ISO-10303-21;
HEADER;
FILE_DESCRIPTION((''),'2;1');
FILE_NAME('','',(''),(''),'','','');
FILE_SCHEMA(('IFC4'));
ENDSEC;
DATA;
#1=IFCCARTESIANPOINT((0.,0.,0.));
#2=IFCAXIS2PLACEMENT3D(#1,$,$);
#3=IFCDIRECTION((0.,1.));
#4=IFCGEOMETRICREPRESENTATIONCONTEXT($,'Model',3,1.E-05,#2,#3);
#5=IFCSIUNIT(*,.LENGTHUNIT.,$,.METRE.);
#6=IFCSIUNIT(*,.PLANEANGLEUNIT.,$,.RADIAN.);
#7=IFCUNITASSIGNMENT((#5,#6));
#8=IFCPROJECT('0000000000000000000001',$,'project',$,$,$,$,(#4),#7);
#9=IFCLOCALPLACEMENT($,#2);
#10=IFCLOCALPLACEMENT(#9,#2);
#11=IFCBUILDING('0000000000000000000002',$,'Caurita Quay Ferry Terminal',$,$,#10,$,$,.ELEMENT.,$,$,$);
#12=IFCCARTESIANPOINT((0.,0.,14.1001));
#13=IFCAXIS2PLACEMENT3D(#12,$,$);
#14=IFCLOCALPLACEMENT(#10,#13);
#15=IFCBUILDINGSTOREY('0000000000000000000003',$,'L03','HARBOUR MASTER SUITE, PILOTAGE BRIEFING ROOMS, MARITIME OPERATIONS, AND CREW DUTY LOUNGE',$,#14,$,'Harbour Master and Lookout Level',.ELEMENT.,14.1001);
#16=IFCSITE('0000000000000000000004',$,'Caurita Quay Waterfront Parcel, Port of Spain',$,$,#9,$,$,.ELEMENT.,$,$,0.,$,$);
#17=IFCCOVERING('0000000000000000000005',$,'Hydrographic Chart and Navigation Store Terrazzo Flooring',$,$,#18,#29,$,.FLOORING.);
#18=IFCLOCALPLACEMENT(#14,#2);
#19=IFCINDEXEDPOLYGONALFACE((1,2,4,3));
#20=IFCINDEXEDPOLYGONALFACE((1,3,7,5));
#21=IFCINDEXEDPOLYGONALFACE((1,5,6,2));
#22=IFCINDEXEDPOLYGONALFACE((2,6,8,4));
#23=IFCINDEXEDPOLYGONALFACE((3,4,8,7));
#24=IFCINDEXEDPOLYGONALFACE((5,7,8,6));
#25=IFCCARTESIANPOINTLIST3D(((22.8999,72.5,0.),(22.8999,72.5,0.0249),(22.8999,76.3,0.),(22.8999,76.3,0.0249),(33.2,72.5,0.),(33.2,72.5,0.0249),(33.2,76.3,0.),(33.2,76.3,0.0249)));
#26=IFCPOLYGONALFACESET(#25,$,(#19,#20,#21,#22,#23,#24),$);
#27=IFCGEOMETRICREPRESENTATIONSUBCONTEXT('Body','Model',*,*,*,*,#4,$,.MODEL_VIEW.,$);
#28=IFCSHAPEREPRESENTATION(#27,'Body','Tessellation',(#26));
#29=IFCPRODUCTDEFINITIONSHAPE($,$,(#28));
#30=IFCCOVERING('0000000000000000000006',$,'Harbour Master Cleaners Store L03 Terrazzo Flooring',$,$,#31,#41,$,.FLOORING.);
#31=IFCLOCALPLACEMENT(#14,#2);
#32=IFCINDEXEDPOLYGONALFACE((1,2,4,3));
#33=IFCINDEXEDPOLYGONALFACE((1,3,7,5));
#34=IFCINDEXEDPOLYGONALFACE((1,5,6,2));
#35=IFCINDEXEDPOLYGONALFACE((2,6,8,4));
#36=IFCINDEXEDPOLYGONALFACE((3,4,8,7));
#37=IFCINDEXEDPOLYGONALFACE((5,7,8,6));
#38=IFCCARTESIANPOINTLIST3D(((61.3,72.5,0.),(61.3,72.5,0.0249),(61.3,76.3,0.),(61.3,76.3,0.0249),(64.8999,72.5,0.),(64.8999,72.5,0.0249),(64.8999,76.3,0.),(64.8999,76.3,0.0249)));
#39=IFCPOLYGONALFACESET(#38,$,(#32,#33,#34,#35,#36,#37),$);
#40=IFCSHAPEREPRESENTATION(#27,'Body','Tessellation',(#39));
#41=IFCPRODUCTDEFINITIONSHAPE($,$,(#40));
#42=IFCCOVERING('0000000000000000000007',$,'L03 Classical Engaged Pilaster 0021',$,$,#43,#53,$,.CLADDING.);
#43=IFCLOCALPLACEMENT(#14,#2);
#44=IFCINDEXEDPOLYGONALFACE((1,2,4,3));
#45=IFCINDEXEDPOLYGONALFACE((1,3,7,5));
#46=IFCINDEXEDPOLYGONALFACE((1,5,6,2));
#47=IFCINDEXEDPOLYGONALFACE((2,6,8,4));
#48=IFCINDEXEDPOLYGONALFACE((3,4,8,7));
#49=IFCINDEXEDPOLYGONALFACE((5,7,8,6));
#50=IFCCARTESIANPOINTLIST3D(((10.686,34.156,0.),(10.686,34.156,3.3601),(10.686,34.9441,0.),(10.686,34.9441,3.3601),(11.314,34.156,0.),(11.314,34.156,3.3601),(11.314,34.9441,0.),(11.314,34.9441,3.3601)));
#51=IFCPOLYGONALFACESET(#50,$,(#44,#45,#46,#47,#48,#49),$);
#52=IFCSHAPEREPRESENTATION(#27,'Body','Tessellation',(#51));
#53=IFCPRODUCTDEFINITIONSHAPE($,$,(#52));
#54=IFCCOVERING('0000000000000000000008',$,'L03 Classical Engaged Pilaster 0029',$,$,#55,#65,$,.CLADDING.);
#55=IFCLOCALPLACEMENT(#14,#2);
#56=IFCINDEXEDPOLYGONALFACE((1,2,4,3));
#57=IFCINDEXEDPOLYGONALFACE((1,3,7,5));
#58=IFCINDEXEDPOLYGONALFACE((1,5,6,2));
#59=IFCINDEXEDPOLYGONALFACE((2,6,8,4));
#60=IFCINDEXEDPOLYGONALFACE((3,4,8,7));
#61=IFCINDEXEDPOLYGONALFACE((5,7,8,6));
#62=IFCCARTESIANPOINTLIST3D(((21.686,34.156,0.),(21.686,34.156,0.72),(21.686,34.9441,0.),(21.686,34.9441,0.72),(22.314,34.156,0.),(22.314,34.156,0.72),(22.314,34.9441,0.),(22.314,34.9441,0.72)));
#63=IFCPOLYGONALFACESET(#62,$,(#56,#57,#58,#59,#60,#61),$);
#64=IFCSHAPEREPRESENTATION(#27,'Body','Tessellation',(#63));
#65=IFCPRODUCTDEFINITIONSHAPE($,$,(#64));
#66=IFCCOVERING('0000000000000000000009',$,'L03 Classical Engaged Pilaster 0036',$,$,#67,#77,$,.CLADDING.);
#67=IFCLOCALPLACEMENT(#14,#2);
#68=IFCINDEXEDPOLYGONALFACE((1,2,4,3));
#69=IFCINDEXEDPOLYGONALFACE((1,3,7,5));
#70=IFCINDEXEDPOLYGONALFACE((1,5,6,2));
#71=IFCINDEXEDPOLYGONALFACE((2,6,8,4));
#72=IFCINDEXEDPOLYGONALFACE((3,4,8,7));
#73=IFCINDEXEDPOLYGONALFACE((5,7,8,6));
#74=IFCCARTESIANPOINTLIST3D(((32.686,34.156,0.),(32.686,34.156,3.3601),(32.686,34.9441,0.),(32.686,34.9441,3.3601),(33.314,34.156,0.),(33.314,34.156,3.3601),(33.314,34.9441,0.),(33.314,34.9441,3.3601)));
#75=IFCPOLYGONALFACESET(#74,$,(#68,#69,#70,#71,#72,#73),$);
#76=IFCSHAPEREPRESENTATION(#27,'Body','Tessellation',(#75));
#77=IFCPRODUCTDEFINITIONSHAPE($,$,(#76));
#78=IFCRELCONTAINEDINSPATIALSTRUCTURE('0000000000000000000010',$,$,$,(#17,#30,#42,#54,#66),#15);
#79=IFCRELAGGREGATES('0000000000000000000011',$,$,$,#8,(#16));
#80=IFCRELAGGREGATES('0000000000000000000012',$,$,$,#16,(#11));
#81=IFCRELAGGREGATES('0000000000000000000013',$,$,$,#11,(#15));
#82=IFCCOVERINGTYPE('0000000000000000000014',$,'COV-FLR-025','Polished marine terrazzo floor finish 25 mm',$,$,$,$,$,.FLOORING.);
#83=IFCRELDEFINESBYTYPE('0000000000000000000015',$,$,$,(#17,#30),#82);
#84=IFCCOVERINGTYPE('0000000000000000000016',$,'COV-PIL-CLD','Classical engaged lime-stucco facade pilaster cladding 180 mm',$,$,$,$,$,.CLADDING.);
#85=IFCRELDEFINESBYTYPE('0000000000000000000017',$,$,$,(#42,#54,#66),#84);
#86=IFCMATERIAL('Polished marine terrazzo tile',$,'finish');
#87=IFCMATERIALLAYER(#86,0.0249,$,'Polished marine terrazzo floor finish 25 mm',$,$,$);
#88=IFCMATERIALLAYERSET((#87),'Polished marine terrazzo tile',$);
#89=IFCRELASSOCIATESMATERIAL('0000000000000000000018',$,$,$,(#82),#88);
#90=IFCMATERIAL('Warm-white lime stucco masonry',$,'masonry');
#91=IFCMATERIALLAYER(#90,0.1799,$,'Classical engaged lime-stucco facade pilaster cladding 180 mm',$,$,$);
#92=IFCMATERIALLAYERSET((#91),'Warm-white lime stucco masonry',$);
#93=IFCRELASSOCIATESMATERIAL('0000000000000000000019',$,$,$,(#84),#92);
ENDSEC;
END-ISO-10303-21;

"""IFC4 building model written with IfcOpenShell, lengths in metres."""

from ifc_helpers import new_model, si_unit, direction, frame, origin, origin_2d, place, context, subcontext, project, spatial, polyline, rectangle, outline, extrude, material, layer, layer_set, type_object, element, save


model = new_model("IFC4")

# Units and contexts
model_context = context("Model", 3, precision=1e-05, world=origin(), true_north=direction((0.0, 1.0)))
body_context = subcontext(model_context, "Body", "Model", "MODEL_VIEW")
ifc_project = project(units=[si_unit("LENGTHUNIT", "METRE"), si_unit("PLANEANGLEUNIT", "RADIAN")], contexts=[model_context])

# Site, building, storey
site_placement = place(None, origin())
site = spatial("IfcSite", under=ifc_project, at=site_placement, Name="Caurita Quay Waterfront Parcel, Port of Spain", CompositionType="ELEMENT", RefElevation=0.0)
building_placement = place(site_placement, origin())
building = spatial("IfcBuilding", under=site, at=building_placement, Name="Caurita Quay Ferry Terminal", CompositionType="ELEMENT")
storey_placement = place(building_placement, frame((0.0, 0.0, 14.1001)))
storey = spatial("IfcBuildingStorey", under=building, at=storey_placement, Name="L03", Description="HARBOUR MASTER SUITE, PILOTAGE BRIEFING ROOMS, MARITIME OPERATIONS, AND CREW DUTY LOUNGE", LongName="Harbour Master and Lookout Level", CompositionType="ELEMENT", Elevation=14.1001)

# Coverings
ifc_material_1 = material(Name="Warm-white lime stucco masonry", Category="masonry")
ifc_material_2 = material(Name="Polished marine terrazzo tile", Category="finish")
ifc_layer_1 = layer(ifc_material_2, 0.0249, Name="Polished marine terrazzo floor finish 25 mm")
ifc_layer_set_1 = layer_set([ifc_layer_1], Name="Polished marine terrazzo tile")
covering_type_1 = type_object("IfcCoveringType", Name="COV-FLR-025", Description="Polished marine terrazzo floor finish 25 mm", PredefinedType="FLOORING", material=ifc_layer_set_1)
covering_1_placement = place(storey_placement, origin())
element("IfcCovering", 1, at=covering_1_placement, inside=storey, type_object=covering_type_1, Name="Hydrographic Chart and Navigation Store Terrazzo Flooring", PredefinedType="FLOORING", context=body_context, shape_type="SweptSolid", body=[
    extrude(outline(polyline([(22.8999, 72.5), (33.2, 72.5), (33.2, 76.3), (22.8999, 76.3), (22.8999, 72.5)])), origin(), (0.0, 0.0, 1.0), 0.0249),
])
covering_2_placement = place(storey_placement, origin())
element("IfcCovering", 2, at=covering_2_placement, inside=storey, type_object=covering_type_1, Name="Harbour Master Cleaners Store L03 Terrazzo Flooring", PredefinedType="FLOORING", context=body_context, shape_type="SweptSolid", body=[
    extrude(outline(polyline([(61.3, 72.5), (64.8999, 72.5), (64.8999, 76.3), (61.3, 76.3), (61.3, 72.5)])), origin(), (0.0, 0.0, 1.0), 0.0249),
])
ifc_layer_2 = layer(ifc_material_1, 0.1799, Name="Classical engaged lime-stucco facade pilaster cladding 180 mm")
ifc_layer_set_2 = layer_set([ifc_layer_2], Name="Warm-white lime stucco masonry")
covering_type_2 = type_object("IfcCoveringType", Name="COV-PIL-CLD", Description="Classical engaged lime-stucco facade pilaster cladding 180 mm", PredefinedType="CLADDING", material=ifc_layer_set_2)
covering_3_placement = place(storey_placement, frame((11.0, 34.55, 0.0), z_axis=(0.0, 0.0, 1.0), x_axis=(1.0, 0.0, 0.0)))
element("IfcCovering", 3, at=covering_3_placement, inside=storey, type_object=covering_type_2, Name="L03 Classical Engaged Pilaster 0021", PredefinedType="CLADDING", context=body_context, shape_type="SweptSolid", body=[
    extrude(rectangle(XDim=0.6279, YDim=0.7881, at=origin_2d()), origin(), (0.0, 0.0, 1.0), 3.3601),
])
covering_4_placement = place(storey_placement, frame((22.0, 34.55, 0.0), z_axis=(0.0, 0.0, 1.0), x_axis=(1.0, 0.0, 0.0)))
element("IfcCovering", 4, at=covering_4_placement, inside=storey, type_object=covering_type_2, Name="L03 Classical Engaged Pilaster 0029", PredefinedType="CLADDING", context=body_context, shape_type="SweptSolid", body=[
    extrude(rectangle(XDim=0.6279, YDim=0.7881, at=origin_2d()), origin(), (0.0, 0.0, 1.0), 0.72),
])
covering_5_placement = place(storey_placement, frame((33.0, 34.55, 0.0), z_axis=(0.0, 0.0, 1.0), x_axis=(1.0, 0.0, 0.0)))
element("IfcCovering", 5, at=covering_5_placement, inside=storey, type_object=covering_type_2, Name="L03 Classical Engaged Pilaster 0036", PredefinedType="CLADDING", context=body_context, shape_type="SweptSolid", body=[
    extrude(rectangle(XDim=0.6279, YDim=0.7881, at=origin_2d()), origin(), (0.0, 0.0, 1.0), 3.3601),
])

save(model, "model.ifc")
